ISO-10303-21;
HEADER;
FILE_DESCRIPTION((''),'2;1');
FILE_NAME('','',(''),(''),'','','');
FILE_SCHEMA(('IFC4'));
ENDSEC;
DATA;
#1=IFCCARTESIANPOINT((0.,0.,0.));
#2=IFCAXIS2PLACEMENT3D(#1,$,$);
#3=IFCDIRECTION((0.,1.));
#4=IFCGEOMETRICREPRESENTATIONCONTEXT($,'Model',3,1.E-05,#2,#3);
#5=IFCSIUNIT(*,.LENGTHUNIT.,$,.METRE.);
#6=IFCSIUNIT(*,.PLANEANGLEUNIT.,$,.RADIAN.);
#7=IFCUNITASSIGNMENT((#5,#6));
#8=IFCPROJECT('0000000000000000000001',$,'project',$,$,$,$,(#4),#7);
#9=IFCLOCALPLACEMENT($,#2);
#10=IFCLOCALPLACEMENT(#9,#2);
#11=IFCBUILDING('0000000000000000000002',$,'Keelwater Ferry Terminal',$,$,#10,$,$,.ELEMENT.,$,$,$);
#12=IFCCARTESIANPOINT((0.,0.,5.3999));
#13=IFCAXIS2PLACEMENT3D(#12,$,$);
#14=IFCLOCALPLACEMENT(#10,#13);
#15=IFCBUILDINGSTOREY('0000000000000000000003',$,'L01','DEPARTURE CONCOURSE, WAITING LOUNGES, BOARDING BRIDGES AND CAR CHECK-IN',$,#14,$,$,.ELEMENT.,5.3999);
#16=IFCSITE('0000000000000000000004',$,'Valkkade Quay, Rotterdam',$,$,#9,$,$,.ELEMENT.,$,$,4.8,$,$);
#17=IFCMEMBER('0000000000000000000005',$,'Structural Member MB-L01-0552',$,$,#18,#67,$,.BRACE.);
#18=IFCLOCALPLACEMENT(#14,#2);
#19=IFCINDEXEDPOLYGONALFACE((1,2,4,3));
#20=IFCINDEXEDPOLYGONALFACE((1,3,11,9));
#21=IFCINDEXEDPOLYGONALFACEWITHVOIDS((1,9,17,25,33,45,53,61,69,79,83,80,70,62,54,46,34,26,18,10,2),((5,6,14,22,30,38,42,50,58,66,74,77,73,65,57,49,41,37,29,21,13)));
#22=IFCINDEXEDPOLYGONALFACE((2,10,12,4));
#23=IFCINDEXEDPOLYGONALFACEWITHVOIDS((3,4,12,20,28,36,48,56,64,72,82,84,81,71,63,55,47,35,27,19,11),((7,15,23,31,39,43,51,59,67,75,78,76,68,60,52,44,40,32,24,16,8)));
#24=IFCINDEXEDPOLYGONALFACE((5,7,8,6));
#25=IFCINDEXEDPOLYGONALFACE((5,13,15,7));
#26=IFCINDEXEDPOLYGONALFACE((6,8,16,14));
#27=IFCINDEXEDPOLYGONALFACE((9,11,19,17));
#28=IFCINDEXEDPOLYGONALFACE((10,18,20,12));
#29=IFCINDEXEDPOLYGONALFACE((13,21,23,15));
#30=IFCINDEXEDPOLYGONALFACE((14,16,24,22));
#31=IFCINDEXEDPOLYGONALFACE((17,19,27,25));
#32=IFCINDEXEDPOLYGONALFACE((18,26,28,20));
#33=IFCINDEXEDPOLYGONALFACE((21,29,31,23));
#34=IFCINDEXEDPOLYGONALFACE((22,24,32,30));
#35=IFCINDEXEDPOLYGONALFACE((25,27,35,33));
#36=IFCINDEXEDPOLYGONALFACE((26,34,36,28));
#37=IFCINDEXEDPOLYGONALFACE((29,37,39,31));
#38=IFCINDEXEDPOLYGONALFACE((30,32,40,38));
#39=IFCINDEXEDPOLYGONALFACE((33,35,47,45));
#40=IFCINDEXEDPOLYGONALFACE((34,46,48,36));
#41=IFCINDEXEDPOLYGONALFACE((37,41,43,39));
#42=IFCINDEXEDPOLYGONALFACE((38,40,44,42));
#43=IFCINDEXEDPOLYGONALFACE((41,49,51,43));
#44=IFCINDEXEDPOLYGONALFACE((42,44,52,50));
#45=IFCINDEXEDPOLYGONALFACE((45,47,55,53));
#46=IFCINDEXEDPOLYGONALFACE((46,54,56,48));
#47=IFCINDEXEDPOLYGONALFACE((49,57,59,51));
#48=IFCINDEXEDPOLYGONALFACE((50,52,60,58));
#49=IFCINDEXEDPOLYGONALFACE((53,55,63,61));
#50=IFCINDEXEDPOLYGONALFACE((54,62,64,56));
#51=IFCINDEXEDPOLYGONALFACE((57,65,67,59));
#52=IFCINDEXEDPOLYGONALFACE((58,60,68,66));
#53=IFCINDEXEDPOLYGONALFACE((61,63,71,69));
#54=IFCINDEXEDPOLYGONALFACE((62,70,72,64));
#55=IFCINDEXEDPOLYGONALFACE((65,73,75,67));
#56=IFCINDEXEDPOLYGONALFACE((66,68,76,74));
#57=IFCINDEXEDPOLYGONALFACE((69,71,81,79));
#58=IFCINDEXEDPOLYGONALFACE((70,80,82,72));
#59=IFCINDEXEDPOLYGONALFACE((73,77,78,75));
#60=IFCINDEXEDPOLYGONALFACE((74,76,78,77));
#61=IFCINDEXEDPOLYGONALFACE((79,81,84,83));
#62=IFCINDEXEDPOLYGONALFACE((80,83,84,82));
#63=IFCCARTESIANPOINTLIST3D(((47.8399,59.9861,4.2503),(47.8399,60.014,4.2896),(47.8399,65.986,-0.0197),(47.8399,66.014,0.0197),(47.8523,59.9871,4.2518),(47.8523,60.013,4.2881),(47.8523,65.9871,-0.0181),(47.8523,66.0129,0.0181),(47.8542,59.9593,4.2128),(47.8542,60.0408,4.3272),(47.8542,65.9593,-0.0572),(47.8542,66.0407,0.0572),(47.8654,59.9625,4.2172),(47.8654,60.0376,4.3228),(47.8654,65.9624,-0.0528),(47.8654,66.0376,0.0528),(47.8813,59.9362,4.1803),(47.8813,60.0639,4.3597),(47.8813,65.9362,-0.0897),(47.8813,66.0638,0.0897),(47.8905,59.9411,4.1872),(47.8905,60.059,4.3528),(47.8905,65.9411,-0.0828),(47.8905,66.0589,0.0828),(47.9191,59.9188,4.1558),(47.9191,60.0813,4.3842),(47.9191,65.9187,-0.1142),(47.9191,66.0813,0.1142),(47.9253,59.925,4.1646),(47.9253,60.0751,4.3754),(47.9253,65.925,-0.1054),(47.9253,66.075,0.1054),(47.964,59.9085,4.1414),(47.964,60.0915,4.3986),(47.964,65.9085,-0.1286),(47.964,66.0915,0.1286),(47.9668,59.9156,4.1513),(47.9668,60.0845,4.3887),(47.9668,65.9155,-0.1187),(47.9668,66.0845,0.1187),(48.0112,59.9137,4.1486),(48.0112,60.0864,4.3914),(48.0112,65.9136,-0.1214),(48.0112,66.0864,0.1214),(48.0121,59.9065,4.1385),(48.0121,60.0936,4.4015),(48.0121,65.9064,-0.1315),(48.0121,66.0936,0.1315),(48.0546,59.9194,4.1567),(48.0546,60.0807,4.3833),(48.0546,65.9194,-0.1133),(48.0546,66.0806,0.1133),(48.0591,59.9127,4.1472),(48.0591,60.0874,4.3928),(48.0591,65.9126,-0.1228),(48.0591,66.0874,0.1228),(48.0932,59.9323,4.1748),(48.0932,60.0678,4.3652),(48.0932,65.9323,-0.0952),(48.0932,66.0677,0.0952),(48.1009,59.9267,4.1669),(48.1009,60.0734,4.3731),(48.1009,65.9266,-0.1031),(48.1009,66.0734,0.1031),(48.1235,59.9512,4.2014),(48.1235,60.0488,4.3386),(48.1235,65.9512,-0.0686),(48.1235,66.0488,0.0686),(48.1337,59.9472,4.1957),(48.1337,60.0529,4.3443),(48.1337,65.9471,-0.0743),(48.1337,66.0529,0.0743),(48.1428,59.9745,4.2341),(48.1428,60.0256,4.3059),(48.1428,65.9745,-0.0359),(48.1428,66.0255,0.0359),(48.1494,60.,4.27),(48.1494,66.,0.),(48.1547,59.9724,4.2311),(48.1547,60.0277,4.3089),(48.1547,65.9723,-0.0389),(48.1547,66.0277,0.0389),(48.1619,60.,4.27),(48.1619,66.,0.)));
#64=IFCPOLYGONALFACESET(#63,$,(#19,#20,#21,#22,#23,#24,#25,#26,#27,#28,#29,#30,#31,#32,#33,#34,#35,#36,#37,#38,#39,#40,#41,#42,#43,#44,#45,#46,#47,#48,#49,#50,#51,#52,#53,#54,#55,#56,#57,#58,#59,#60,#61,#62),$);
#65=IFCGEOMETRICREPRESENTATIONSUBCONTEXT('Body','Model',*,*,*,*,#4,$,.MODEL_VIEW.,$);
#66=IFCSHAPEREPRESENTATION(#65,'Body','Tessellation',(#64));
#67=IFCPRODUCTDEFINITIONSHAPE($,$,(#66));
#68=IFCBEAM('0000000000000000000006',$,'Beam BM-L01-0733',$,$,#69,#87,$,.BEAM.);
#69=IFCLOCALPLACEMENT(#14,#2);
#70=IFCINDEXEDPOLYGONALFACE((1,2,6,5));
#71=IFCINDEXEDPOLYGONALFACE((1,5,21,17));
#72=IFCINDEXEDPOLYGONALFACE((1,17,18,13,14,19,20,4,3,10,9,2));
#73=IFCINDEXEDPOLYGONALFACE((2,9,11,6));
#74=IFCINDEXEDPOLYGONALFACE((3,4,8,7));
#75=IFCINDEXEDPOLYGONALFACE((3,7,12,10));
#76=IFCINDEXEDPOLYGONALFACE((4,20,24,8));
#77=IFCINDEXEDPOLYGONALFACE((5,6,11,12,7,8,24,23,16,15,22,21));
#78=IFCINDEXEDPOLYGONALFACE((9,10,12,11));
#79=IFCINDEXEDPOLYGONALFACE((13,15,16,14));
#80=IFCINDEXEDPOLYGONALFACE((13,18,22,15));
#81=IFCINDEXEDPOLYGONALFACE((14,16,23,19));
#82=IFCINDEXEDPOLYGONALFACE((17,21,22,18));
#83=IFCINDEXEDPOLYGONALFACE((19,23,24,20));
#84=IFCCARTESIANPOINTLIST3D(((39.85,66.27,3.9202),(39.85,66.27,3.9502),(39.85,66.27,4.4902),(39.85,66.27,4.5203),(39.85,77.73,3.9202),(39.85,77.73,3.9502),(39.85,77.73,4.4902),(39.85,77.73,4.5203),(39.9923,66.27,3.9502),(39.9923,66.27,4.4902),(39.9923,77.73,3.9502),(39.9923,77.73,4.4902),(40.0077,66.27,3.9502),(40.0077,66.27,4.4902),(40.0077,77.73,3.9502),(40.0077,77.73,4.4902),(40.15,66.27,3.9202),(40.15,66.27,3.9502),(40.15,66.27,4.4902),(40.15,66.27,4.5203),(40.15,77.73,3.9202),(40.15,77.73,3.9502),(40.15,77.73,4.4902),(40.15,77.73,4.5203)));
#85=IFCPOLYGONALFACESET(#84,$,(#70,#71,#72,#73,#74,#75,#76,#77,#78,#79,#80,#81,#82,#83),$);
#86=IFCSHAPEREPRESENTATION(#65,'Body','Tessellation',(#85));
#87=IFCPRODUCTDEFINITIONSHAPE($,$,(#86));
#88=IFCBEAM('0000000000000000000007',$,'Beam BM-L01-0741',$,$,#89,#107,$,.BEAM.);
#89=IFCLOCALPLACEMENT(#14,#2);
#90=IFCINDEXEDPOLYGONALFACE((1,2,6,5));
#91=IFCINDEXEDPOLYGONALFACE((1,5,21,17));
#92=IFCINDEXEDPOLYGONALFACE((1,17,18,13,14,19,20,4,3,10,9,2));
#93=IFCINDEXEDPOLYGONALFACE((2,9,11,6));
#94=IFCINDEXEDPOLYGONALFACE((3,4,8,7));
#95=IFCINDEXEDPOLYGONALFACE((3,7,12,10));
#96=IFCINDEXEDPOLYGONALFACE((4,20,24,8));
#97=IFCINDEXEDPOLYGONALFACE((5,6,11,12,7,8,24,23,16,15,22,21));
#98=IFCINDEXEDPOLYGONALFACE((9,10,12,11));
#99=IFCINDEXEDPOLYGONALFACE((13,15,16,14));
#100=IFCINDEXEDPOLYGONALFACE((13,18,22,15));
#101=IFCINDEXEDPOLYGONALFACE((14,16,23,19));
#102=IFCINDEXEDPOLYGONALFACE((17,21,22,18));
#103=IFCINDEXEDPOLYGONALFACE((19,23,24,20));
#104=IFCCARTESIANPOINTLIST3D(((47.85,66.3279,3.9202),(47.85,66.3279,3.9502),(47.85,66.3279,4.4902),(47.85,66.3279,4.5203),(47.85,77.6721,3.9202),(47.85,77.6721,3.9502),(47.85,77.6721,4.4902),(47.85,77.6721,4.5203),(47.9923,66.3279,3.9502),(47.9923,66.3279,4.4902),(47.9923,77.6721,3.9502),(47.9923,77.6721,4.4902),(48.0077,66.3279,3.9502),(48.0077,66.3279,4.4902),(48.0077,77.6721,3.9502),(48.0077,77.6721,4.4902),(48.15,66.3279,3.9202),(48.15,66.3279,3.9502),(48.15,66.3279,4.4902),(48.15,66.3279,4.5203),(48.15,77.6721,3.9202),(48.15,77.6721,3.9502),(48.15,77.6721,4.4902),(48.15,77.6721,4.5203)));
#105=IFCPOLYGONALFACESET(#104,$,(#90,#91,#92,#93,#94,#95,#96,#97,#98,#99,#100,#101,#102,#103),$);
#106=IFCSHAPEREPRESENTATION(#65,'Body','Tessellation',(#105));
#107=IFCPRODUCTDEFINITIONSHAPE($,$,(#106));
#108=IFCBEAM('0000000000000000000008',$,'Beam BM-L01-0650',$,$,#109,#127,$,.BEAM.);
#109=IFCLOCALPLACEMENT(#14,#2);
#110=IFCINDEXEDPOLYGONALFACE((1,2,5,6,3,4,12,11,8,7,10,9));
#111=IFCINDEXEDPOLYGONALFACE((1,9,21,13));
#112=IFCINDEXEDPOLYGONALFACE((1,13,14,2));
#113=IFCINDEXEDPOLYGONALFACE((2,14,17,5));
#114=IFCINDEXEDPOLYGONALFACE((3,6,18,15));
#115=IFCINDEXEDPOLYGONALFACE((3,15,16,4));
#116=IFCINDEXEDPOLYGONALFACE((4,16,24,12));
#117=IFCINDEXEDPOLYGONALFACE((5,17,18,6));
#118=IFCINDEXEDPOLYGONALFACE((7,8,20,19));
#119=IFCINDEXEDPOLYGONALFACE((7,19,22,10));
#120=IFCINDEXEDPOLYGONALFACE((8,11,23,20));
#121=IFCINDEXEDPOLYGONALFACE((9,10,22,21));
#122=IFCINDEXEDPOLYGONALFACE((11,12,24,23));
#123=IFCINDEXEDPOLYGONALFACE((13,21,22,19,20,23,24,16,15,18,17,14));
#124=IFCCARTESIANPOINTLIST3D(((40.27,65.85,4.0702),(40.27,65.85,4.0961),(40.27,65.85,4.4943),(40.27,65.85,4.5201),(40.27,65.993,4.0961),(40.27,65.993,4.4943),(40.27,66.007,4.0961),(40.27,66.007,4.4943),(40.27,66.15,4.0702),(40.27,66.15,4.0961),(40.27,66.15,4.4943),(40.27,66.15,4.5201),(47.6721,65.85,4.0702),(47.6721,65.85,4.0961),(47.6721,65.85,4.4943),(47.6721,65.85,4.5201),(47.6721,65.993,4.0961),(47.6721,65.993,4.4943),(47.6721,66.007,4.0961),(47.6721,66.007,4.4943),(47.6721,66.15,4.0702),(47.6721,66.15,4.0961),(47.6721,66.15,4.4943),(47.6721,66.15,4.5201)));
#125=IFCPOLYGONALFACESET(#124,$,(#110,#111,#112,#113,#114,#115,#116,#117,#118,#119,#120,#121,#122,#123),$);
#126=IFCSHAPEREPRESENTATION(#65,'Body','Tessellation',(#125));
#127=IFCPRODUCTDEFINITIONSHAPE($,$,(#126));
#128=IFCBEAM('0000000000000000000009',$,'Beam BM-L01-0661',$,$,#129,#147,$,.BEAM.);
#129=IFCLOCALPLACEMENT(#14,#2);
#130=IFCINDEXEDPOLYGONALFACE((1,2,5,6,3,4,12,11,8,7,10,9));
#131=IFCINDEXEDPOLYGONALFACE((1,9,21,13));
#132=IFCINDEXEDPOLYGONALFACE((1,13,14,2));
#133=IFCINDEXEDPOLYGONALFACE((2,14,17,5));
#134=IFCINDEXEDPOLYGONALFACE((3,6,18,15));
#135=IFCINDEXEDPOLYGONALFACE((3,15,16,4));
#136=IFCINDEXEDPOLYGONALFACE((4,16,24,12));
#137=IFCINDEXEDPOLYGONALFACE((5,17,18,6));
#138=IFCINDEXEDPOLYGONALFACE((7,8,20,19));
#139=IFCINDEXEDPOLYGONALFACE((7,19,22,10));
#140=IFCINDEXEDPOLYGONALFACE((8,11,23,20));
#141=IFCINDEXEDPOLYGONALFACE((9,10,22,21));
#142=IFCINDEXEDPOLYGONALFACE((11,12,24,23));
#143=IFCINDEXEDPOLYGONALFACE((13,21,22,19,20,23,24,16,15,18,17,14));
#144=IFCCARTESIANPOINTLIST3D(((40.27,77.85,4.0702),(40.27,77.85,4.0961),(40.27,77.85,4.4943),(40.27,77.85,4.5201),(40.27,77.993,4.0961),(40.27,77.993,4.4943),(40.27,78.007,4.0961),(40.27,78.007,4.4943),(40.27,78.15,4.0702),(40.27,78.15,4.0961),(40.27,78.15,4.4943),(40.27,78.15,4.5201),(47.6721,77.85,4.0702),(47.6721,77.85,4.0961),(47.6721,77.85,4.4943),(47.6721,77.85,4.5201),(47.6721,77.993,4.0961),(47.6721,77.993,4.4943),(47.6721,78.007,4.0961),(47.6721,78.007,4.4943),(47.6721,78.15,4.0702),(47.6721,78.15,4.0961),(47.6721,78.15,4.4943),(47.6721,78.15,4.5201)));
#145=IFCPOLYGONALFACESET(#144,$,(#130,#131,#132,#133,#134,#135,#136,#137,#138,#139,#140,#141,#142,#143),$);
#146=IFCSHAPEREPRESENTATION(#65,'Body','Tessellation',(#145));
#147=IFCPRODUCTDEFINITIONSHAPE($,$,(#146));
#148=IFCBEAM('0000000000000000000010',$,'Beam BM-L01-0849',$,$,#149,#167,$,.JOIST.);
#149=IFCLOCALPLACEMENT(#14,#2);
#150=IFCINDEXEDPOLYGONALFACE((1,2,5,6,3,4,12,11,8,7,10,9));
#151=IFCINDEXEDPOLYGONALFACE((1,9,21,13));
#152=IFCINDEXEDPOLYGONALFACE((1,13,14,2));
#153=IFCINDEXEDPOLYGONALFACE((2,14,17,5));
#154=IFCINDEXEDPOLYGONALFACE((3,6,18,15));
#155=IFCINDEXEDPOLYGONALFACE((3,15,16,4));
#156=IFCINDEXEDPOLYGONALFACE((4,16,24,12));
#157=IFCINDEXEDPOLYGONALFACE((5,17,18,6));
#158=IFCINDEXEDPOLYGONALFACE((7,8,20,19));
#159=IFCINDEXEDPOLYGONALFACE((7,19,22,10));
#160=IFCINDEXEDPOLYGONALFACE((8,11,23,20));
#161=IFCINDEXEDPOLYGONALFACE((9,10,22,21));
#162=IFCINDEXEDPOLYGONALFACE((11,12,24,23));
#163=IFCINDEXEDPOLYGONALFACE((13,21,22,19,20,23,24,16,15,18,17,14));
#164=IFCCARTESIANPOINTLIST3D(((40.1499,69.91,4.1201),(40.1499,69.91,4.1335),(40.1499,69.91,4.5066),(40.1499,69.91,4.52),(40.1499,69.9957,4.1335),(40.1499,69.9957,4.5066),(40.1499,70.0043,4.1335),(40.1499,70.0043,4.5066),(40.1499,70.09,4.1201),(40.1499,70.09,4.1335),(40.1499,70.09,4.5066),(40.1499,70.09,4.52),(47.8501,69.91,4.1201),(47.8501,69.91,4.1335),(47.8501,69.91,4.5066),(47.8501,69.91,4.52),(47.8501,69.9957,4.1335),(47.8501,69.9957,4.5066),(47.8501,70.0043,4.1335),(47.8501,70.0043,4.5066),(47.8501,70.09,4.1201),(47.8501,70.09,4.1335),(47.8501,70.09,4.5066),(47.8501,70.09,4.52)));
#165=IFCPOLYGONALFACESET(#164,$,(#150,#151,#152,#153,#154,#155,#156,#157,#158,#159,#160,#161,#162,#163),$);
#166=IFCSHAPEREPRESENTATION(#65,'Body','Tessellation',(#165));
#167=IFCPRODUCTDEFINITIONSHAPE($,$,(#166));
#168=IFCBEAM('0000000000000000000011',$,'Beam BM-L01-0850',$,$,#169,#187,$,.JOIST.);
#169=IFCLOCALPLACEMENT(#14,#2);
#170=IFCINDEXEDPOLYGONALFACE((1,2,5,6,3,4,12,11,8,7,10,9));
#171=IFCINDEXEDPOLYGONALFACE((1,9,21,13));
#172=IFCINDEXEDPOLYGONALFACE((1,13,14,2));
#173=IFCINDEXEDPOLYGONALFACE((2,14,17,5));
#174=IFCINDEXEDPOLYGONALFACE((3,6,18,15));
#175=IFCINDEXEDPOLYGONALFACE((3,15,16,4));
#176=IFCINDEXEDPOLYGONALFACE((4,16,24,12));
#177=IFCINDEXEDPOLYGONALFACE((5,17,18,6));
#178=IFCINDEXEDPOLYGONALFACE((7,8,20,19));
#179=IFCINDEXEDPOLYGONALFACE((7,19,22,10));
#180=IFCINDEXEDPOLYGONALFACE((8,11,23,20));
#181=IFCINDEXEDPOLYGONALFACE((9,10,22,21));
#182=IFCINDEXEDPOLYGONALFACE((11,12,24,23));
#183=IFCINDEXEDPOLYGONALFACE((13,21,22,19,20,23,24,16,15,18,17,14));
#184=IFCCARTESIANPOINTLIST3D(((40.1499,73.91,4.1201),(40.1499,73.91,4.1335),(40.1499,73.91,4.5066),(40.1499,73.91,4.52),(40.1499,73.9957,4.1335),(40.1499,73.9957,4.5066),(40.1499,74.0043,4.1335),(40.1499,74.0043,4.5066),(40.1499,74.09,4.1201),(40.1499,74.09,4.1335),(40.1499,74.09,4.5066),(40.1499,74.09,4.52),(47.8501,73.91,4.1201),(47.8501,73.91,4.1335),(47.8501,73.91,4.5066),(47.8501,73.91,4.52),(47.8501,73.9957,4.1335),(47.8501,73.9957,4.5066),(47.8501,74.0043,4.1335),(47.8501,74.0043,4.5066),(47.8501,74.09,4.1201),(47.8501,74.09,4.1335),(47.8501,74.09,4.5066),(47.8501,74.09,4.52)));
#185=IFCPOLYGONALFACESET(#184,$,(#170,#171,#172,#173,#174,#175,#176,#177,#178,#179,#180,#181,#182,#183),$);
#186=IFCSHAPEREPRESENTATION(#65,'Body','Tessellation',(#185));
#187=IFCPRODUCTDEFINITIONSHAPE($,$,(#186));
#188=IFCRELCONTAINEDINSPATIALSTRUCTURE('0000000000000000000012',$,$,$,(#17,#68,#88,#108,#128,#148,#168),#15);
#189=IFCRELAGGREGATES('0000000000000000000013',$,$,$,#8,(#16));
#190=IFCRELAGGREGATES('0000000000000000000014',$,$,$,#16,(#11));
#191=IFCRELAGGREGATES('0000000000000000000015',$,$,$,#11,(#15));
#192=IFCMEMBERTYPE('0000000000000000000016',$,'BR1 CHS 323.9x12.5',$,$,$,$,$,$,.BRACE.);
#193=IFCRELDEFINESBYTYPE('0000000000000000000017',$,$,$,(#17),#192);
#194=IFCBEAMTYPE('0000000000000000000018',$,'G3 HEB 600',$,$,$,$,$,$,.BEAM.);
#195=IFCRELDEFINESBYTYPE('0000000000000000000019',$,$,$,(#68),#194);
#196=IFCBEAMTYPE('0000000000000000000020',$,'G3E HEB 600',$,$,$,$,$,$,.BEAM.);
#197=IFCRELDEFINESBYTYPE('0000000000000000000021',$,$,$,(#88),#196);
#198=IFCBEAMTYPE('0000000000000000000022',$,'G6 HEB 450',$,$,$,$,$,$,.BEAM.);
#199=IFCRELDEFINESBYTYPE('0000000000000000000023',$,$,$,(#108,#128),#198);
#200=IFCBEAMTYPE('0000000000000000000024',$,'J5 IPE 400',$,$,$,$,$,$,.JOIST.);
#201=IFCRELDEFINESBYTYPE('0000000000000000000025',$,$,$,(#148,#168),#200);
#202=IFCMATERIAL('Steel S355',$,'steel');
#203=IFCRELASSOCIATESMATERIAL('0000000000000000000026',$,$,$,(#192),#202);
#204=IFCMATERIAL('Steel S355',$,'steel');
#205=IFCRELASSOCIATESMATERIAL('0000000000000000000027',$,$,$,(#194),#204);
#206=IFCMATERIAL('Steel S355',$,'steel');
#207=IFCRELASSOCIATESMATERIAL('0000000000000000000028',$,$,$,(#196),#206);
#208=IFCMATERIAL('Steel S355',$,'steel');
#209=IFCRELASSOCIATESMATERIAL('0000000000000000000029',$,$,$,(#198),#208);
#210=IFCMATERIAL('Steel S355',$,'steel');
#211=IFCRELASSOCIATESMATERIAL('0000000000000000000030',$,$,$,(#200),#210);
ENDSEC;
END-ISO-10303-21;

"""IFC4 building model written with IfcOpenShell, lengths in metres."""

from ifc_helpers import new_model, si_unit, direction, frame, origin, origin_2d, place, context, subcontext, project, spatial, hollow_circle, i_section, extrude, material, material_profile, profile_set, type_object, element, save


model = new_model("IFC4")

# Units and contexts
model_context = context("Model", 3, precision=1e-05, world=origin(), true_north=direction((0.0, 1.0)))
body_context = subcontext(model_context, "Body", "Model", "MODEL_VIEW")
ifc_project = project(units=[si_unit("LENGTHUNIT", "METRE"), si_unit("PLANEANGLEUNIT", "RADIAN")], contexts=[model_context])

# Site, building, storey
site_placement = place(None, origin())
site = spatial("IfcSite", under=ifc_project, at=site_placement, Name="Valkkade Quay, Rotterdam", CompositionType="ELEMENT", RefElevation=4.8)
building_placement = place(site_placement, origin())
building = spatial("IfcBuilding", under=site, at=building_placement, Name="Keelwater Ferry Terminal", CompositionType="ELEMENT")
storey_placement = place(building_placement, frame((0.0, 0.0, 5.3999)))
storey = spatial("IfcBuildingStorey", under=building, at=storey_placement, Name="L01", Description="DEPARTURE CONCOURSE, WAITING LOUNGES, BOARDING BRIDGES AND CAR CHECK-IN", CompositionType="ELEMENT", Elevation=5.3999)

# Member
ifc_material_1 = material(Name="Steel S355", Category="steel")
ifc_material_profile_1 = material_profile(ifc_material_1, hollow_circle(Radius=0.1619, WallThickness=0.0125, at=origin_2d()), Name="CHS 323.9x12.5")
ifc_profile_set_1 = profile_set([ifc_material_profile_1], Name="Steel S355")
member_type = type_object("IfcMemberType", Name="BR1 CHS 323.9x12.5", PredefinedType="BRACE", material=ifc_profile_set_1)
member_1_placement = place(storey_placement, frame((48.0, 66.0, 0.0), z_axis=(0.0, -0.81474, 0.579826), x_axis=(1.0, 0.0, 0.0)))
element("IfcMember", 1, at=member_1_placement, inside=storey, type_object=member_type, Name="Structural Member MB-L01-0552", PredefinedType="BRACE", context=body_context, shape_type="SweptSolid", body=[
    extrude(hollow_circle(Radius=0.1619, WallThickness=0.0125, at=origin_2d()), origin(), (0.0, 0.0, 1.0), 7.3643),
])

# Beams
ifc_material_2 = material(Name="Steel S355", Category="steel")
ifc_material_profile_2 = material_profile(ifc_material_2, i_section(OverallWidth=0.3, OverallDepth=0.6001, WebThickness=0.0154, FlangeThickness=0.03, at=origin_2d()), Name="HEB 600")
ifc_profile_set_2 = profile_set([ifc_material_profile_2], Name="Steel S355")
beam_type_1 = type_object("IfcBeamType", Name="G3 HEB 600", PredefinedType="BEAM", material=ifc_profile_set_2)
beam_1_placement = place(storey_placement, frame((40.0, 66.27, 4.2202), z_axis=(0.0, 1.0, 0.0), x_axis=(-1.0, 0.0, 0.0)))
element("IfcBeam", 2, at=beam_1_placement, inside=storey, type_object=beam_type_1, Name="Beam BM-L01-0733", PredefinedType="BEAM", context=body_context, shape_type="SweptSolid", body=[
    extrude(i_section(OverallWidth=0.3, OverallDepth=0.6001, WebThickness=0.0154, FlangeThickness=0.03, at=origin_2d()), origin(), (0.0, 0.0, 1.0), 11.46),
])
ifc_material_3 = material(Name="Steel S355", Category="steel")
ifc_material_profile_3 = material_profile(ifc_material_3, i_section(OverallWidth=0.3, OverallDepth=0.6001, WebThickness=0.0154, FlangeThickness=0.03, at=origin_2d()), Name="HEB 600")
ifc_profile_set_3 = profile_set([ifc_material_profile_3], Name="Steel S355")
beam_type_2 = type_object("IfcBeamType", Name="G3E HEB 600", PredefinedType="BEAM", material=ifc_profile_set_3)
beam_2_placement = place(storey_placement, frame((48.0, 66.3279, 4.2202), z_axis=(0.0, 1.0, 0.0), x_axis=(-1.0, 0.0, 0.0)))
element("IfcBeam", 3, at=beam_2_placement, inside=storey, type_object=beam_type_2, Name="Beam BM-L01-0741", PredefinedType="BEAM", context=body_context, shape_type="SweptSolid", body=[
    extrude(i_section(OverallWidth=0.3, OverallDepth=0.6001, WebThickness=0.0154, FlangeThickness=0.03, at=origin_2d()), origin(), (0.0, 0.0, 1.0), 11.3442),
])
ifc_material_4 = material(Name="Steel S355", Category="steel")
ifc_material_profile_4 = material_profile(ifc_material_4, i_section(OverallWidth=0.3, OverallDepth=0.45, WebThickness=0.0139, FlangeThickness=0.0259, at=origin_2d()), Name="HEB 450")
ifc_profile_set_4 = profile_set([ifc_material_profile_4], Name="Steel S355")
beam_type_3 = type_object("IfcBeamType", Name="G6 HEB 450", PredefinedType="BEAM", material=ifc_profile_set_4)
for number, where, z_axis, x_axis, name in (
    (4, (40.27, 66.0, 4.2952), (1.0, 0.0, 0.0), (0.0, 1.0, 0.0), "Beam BM-L01-0650"),
    (5, (40.27, 78.0, 4.2952), (1.0, 0.0, 0.0), (0.0, 1.0, 0.0), "Beam BM-L01-0661"),
):
    element("IfcBeam", number, at=place(storey_placement, frame(where, z_axis=z_axis, x_axis=x_axis)), inside=storey, type_object=beam_type_3, Name=name, PredefinedType="BEAM", context=body_context, shape_type="SweptSolid", body=[
        extrude(i_section(OverallWidth=0.3, OverallDepth=0.45, WebThickness=0.0139, FlangeThickness=0.0259, at=origin_2d()), origin(), (0.0, 0.0, 1.0), 7.4021),
    ])
ifc_material_5 = material(Name="Steel S355", Category="steel")
ifc_material_profile_5 = material_profile(ifc_material_5, i_section(OverallWidth=0.1799, OverallDepth=0.3999, WebThickness=0.0085, FlangeThickness=0.0134, at=origin_2d()), Name="IPE 400")
ifc_profile_set_5 = profile_set([ifc_material_profile_5], Name="Steel S355")
beam_type_4 = type_object("IfcBeamType", Name="J5 IPE 400", PredefinedType="JOIST", material=ifc_profile_set_5)
for number, where, z_axis, x_axis, name in (
    (6, (40.1499, 70.0, 4.3201), (1.0, 0.0, 0.0), (0.0, 1.0, 0.0), "Beam BM-L01-0849"),
    (7, (40.1499, 74.0, 4.3201), (1.0, 0.0, 0.0), (0.0, 1.0, 0.0), "Beam BM-L01-0850"),
):
    element("IfcBeam", number, at=place(storey_placement, frame(where, z_axis=z_axis, x_axis=x_axis)), inside=storey, type_object=beam_type_4, Name=name, PredefinedType="JOIST", context=body_context, shape_type="SweptSolid", body=[
        extrude(i_section(OverallWidth=0.1799, OverallDepth=0.3999, WebThickness=0.0085, FlangeThickness=0.0134, at=origin_2d()), origin(), (0.0, 0.0, 1.0), 7.7002),
    ])

save(model, "model.ifc")
